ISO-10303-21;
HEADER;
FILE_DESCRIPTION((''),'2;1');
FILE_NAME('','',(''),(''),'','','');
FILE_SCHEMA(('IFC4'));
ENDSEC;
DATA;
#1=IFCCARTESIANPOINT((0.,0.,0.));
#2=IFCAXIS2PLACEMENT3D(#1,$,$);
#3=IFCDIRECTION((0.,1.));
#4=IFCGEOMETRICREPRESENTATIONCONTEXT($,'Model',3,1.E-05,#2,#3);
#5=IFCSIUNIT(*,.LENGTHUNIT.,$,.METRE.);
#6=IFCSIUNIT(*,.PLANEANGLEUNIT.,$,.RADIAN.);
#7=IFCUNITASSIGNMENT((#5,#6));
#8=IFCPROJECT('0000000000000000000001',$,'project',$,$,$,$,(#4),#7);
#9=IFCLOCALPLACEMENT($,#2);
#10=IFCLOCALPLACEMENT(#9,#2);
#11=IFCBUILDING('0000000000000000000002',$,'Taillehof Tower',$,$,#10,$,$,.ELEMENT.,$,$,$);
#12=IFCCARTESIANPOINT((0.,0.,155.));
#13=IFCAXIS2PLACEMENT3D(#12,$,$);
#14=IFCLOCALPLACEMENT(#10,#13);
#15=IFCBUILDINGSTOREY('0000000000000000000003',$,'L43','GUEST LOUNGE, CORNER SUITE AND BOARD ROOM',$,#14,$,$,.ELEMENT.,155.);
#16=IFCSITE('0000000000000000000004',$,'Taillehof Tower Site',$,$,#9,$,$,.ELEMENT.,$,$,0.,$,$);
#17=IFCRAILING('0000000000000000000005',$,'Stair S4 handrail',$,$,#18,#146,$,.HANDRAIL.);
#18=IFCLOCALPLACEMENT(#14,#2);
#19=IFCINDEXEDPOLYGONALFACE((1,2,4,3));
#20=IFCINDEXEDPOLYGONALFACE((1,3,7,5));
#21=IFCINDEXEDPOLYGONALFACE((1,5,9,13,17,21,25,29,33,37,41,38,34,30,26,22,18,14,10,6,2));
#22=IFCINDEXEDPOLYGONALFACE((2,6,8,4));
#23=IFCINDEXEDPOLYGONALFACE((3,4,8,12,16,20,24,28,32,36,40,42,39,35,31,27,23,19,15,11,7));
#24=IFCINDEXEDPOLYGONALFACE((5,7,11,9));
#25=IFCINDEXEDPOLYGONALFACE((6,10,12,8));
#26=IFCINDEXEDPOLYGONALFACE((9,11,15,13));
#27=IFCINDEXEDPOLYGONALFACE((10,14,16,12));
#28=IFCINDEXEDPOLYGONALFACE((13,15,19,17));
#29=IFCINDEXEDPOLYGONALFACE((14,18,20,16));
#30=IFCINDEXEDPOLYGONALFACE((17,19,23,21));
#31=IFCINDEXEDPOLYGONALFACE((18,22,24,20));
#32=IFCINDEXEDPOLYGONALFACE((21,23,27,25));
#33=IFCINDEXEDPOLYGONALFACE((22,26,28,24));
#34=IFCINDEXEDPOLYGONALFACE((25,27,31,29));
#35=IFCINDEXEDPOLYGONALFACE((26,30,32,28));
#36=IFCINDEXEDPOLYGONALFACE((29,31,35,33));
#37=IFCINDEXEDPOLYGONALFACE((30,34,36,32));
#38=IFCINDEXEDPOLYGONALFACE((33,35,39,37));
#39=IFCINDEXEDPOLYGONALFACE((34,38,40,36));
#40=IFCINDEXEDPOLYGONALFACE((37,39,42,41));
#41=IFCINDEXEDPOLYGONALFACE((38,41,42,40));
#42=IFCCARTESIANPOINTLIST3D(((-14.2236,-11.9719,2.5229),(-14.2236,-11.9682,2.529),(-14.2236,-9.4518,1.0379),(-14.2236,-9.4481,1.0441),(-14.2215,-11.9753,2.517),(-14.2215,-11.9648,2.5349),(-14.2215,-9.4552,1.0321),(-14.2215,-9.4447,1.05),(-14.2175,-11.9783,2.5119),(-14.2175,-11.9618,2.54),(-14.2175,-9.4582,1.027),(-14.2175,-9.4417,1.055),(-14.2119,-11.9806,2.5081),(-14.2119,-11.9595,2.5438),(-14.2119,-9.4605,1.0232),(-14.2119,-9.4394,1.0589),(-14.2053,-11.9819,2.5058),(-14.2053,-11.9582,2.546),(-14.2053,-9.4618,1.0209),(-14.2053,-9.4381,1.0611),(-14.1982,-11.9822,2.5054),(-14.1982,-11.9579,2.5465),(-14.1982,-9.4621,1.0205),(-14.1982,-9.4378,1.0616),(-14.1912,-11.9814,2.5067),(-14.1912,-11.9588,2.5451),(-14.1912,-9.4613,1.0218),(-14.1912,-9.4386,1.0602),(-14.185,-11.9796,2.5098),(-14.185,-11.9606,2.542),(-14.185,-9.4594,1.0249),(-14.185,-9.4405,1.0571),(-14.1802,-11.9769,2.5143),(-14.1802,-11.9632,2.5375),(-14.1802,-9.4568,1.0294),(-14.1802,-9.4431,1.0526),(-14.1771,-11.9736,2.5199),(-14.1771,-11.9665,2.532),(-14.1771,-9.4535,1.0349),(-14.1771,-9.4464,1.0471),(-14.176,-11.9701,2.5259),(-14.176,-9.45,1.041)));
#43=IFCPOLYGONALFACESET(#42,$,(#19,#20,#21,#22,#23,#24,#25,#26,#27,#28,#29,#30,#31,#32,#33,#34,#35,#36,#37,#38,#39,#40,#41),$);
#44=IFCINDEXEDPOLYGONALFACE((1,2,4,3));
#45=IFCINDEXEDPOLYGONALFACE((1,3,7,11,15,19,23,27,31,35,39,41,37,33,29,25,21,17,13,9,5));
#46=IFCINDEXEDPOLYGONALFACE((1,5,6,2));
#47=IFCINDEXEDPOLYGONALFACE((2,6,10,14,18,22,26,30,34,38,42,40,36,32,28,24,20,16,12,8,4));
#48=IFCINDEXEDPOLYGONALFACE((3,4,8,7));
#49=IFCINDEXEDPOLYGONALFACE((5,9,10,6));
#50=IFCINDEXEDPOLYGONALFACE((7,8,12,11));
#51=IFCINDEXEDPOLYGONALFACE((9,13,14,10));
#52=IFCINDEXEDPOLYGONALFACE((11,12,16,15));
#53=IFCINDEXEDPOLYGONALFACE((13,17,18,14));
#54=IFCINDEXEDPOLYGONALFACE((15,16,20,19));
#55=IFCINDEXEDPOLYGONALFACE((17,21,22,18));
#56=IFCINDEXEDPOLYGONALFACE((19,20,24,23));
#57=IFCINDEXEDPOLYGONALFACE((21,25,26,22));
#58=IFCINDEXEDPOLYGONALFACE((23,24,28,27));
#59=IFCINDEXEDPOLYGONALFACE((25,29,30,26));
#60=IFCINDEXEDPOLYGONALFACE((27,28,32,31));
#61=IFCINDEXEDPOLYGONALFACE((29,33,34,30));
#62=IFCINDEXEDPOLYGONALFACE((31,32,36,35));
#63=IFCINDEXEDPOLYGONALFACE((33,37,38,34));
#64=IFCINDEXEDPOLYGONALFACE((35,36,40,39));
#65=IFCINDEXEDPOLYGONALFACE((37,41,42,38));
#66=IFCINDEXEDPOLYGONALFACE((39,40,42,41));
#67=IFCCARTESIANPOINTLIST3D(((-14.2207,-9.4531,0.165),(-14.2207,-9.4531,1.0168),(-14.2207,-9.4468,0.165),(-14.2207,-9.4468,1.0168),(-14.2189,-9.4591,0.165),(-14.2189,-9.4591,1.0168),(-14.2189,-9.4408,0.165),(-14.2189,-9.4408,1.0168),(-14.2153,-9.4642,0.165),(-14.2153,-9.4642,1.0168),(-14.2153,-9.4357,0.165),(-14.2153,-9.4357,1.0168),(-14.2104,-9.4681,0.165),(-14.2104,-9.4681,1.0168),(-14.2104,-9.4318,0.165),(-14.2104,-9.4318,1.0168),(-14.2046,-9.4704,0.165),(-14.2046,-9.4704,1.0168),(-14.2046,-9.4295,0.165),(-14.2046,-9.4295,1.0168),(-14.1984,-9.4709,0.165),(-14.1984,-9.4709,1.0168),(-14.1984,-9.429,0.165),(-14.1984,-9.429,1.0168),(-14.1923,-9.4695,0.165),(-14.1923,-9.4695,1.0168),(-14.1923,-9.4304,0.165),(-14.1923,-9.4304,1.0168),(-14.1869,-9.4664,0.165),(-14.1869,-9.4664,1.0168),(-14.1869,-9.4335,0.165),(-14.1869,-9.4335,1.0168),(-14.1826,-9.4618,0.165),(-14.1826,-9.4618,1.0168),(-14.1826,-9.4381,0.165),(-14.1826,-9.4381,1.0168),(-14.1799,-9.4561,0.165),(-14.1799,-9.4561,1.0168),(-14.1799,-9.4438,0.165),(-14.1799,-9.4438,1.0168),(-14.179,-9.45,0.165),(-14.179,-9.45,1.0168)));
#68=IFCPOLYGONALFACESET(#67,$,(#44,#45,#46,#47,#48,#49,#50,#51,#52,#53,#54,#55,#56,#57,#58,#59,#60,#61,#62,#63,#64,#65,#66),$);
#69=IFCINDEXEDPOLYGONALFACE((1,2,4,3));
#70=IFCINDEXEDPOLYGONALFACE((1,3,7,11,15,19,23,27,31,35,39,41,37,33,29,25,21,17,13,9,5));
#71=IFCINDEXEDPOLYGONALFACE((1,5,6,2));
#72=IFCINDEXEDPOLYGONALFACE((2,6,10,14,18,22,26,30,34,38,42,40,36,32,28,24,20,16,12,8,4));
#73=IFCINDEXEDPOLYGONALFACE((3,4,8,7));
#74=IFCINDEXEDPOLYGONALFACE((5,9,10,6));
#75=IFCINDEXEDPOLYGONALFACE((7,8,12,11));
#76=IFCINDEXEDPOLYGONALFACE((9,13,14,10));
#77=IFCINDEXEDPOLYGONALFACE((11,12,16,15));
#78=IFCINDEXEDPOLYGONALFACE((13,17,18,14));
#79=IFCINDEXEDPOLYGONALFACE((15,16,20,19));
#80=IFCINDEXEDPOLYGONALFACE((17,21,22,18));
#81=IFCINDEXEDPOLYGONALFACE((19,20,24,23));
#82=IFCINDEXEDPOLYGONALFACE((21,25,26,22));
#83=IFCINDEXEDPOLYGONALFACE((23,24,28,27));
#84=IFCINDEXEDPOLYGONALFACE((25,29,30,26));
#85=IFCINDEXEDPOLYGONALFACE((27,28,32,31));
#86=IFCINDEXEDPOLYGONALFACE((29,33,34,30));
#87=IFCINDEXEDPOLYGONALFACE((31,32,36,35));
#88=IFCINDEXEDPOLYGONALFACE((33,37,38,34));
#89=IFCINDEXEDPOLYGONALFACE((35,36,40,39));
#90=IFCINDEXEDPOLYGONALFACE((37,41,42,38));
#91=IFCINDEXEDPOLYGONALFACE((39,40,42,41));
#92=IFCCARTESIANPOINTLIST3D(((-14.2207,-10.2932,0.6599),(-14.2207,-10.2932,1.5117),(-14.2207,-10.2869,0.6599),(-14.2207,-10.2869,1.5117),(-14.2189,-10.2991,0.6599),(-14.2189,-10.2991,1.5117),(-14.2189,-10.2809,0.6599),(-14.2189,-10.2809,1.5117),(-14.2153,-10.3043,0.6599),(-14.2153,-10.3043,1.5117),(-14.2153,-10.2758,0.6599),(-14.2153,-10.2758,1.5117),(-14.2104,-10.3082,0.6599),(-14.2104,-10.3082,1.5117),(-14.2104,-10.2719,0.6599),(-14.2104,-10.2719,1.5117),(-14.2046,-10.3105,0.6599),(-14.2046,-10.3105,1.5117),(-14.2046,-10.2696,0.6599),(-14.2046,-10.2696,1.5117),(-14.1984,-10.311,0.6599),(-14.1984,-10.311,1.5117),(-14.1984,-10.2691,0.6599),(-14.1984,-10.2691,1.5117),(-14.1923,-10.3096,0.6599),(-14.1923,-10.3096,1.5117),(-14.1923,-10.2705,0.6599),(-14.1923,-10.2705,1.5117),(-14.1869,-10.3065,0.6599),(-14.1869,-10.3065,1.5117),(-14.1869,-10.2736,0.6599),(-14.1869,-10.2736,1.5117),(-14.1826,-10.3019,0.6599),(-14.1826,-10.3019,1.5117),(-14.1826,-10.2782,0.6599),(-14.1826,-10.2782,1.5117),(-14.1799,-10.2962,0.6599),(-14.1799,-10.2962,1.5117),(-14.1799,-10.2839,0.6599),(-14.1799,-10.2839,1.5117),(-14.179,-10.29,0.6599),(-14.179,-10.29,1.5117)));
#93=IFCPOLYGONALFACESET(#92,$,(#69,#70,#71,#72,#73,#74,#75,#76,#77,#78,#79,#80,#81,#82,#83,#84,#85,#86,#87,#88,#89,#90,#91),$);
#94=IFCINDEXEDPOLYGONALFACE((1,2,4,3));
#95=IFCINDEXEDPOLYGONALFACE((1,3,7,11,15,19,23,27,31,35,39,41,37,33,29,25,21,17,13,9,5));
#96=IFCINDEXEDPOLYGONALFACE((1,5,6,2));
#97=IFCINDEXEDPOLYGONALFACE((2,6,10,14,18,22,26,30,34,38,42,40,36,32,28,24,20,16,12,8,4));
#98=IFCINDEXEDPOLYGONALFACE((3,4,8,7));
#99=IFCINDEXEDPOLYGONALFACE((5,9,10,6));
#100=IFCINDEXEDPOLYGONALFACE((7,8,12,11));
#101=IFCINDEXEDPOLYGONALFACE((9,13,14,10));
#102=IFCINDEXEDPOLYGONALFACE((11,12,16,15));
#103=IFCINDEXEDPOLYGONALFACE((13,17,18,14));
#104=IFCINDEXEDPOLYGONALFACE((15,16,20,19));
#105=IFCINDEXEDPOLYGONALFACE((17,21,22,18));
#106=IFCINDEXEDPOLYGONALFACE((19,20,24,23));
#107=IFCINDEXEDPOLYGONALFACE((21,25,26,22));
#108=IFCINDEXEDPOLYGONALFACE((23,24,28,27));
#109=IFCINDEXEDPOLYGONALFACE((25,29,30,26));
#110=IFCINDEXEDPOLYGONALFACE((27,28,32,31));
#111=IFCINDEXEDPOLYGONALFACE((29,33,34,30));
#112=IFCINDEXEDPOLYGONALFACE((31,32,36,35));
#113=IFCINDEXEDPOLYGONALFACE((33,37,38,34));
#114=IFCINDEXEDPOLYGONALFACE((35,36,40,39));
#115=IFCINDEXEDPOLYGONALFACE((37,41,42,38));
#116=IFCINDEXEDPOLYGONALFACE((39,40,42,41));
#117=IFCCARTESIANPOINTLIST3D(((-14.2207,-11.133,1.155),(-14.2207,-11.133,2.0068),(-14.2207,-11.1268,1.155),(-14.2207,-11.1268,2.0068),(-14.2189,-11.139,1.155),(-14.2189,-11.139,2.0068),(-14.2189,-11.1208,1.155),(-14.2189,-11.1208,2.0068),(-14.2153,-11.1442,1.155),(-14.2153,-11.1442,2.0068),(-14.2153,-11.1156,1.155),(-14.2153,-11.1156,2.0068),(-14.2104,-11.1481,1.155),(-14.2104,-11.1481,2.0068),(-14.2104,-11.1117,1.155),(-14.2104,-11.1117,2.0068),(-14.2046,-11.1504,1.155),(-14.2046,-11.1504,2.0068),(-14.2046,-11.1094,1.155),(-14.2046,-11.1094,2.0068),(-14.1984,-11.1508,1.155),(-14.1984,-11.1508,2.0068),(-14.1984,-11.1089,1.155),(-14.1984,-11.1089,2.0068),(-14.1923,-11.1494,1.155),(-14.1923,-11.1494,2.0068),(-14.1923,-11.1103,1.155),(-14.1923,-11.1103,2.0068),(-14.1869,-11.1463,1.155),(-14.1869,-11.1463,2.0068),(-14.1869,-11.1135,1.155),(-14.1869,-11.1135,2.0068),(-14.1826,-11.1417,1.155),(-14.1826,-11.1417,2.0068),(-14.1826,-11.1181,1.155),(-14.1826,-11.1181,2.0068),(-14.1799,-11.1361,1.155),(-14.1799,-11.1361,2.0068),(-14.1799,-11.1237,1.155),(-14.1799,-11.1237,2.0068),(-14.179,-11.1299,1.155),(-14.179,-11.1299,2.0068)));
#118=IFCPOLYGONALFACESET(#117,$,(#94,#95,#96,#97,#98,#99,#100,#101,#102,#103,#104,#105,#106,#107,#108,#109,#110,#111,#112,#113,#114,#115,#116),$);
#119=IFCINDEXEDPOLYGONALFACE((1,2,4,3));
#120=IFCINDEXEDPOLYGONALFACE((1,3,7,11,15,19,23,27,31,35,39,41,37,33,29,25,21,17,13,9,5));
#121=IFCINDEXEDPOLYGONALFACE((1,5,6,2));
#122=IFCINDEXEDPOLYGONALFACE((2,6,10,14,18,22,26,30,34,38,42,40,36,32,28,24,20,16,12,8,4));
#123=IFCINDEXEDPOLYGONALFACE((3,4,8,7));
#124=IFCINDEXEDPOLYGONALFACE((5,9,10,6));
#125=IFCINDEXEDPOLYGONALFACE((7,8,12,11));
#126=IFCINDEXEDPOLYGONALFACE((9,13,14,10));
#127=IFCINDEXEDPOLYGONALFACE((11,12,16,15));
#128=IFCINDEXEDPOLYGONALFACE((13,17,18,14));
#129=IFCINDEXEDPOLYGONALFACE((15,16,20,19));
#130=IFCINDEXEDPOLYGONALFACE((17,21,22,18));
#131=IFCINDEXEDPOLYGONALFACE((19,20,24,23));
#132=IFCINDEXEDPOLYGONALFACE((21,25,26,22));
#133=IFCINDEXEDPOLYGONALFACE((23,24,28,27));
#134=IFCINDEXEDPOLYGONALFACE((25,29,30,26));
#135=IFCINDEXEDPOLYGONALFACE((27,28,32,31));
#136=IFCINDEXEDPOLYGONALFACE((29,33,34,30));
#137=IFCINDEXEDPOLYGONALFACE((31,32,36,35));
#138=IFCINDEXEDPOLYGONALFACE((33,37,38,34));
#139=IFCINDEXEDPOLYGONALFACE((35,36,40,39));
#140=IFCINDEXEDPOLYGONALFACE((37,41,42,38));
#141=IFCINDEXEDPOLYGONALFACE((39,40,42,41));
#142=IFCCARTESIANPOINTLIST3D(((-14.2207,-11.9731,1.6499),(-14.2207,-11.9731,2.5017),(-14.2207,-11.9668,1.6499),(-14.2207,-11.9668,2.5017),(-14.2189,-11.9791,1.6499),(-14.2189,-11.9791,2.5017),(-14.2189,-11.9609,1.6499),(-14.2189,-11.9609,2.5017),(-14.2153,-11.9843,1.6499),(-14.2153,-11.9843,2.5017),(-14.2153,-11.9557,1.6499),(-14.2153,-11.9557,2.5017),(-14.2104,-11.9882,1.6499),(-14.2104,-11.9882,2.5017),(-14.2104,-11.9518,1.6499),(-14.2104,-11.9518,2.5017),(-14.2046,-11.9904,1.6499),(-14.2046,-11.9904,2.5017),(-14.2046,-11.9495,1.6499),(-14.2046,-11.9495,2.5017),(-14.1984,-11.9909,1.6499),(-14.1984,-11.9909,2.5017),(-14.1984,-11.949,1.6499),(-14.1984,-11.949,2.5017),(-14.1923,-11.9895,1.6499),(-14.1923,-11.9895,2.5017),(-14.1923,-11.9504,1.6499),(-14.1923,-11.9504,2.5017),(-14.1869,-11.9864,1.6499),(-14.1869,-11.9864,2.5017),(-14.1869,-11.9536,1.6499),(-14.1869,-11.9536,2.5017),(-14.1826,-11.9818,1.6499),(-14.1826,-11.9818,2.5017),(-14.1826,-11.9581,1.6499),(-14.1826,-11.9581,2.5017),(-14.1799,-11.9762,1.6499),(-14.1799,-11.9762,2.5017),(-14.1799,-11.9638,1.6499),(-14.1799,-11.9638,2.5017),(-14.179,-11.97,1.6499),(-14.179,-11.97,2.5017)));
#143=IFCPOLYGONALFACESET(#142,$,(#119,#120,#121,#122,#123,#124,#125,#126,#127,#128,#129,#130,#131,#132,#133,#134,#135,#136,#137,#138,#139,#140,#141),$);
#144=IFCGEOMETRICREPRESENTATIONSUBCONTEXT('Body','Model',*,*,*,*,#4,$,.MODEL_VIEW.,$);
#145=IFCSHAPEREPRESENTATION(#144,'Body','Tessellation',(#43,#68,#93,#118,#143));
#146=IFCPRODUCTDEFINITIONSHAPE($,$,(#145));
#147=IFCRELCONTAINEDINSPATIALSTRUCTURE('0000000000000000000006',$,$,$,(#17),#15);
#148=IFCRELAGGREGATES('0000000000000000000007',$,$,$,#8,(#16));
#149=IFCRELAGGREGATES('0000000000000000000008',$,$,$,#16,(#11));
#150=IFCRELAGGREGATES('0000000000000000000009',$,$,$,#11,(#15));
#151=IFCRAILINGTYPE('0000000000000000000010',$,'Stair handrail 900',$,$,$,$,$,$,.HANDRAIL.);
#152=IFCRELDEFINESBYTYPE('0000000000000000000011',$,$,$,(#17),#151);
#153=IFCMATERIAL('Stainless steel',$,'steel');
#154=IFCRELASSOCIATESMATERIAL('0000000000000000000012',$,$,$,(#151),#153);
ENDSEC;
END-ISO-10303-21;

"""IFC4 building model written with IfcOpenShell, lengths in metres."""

from ifc_helpers import new_model, si_unit, direction, frame, origin, origin_2d, place, context, subcontext, project, spatial, circle, extrude, material, type_object, element, save


model = new_model("IFC4")

# Units and contexts
model_context = context("Model", 3, precision=1e-05, world=origin(), true_north=direction((0.0, 1.0)))
body_context = subcontext(model_context, "Body", "Model", "MODEL_VIEW")
ifc_project = project(units=[si_unit("LENGTHUNIT", "METRE"), si_unit("PLANEANGLEUNIT", "RADIAN")], contexts=[model_context])

# Site, building, storey
site_placement = place(None, origin())
site = spatial("IfcSite", under=ifc_project, at=site_placement, Name="Taillehof Tower Site", CompositionType="ELEMENT", RefElevation=0.0)
building_placement = place(site_placement, origin())
building = spatial("IfcBuilding", under=site, at=building_placement, Name="Taillehof Tower", CompositionType="ELEMENT")
storey_placement = place(building_placement, frame((0.0, 0.0, 155.0)))
storey = spatial("IfcBuildingStorey", under=building, at=storey_placement, Name="L43", Description="GUEST LOUNGE, CORNER SUITE AND BOARD ROOM", CompositionType="ELEMENT", Elevation=155.0)

# Railing
ifc_material_1 = material(Name="Stainless steel", Category="steel")
railing_type = type_object("IfcRailingType", Name="Stair handrail 900", PredefinedType="HANDRAIL", material=ifc_material_1)
railing_placement = place(storey_placement, frame((-14.2, -9.45, 0.165)))
element("IfcRailing", 1, at=railing_placement, inside=storey, type_object=railing_type, Name="Stair S4 handrail", PredefinedType="HANDRAIL", context=body_context, shape_type="SweptSolid", body=[
    extrude(circle(Radius=0.0239, at=origin_2d()), frame((0.0, 0.0, 0.876), z_axis=(0.0, -0.861561, 0.507655), x_axis=(1.0, 0.0, 0.0)), (0.0, 0.0, 1.0), 2.925),
    extrude(circle(Radius=0.021, at=origin_2d()), origin(), (0.0, 0.0, 1.0), 0.8518),
    extrude(circle(Radius=0.021, at=origin_2d()), frame((0.0, -0.8401, 0.4949)), (0.0, 0.0, 1.0), 0.8518),
    extrude(circle(Radius=0.021, at=origin_2d()), frame((0.0, -1.6799, 0.99)), (0.0, 0.0, 1.0), 0.8518),
    extrude(circle(Radius=0.021, at=origin_2d()), frame((0.0, -2.52, 1.4849)), (0.0, 0.0, 1.0), 0.8518),
])

save(model, "model.ifc")
